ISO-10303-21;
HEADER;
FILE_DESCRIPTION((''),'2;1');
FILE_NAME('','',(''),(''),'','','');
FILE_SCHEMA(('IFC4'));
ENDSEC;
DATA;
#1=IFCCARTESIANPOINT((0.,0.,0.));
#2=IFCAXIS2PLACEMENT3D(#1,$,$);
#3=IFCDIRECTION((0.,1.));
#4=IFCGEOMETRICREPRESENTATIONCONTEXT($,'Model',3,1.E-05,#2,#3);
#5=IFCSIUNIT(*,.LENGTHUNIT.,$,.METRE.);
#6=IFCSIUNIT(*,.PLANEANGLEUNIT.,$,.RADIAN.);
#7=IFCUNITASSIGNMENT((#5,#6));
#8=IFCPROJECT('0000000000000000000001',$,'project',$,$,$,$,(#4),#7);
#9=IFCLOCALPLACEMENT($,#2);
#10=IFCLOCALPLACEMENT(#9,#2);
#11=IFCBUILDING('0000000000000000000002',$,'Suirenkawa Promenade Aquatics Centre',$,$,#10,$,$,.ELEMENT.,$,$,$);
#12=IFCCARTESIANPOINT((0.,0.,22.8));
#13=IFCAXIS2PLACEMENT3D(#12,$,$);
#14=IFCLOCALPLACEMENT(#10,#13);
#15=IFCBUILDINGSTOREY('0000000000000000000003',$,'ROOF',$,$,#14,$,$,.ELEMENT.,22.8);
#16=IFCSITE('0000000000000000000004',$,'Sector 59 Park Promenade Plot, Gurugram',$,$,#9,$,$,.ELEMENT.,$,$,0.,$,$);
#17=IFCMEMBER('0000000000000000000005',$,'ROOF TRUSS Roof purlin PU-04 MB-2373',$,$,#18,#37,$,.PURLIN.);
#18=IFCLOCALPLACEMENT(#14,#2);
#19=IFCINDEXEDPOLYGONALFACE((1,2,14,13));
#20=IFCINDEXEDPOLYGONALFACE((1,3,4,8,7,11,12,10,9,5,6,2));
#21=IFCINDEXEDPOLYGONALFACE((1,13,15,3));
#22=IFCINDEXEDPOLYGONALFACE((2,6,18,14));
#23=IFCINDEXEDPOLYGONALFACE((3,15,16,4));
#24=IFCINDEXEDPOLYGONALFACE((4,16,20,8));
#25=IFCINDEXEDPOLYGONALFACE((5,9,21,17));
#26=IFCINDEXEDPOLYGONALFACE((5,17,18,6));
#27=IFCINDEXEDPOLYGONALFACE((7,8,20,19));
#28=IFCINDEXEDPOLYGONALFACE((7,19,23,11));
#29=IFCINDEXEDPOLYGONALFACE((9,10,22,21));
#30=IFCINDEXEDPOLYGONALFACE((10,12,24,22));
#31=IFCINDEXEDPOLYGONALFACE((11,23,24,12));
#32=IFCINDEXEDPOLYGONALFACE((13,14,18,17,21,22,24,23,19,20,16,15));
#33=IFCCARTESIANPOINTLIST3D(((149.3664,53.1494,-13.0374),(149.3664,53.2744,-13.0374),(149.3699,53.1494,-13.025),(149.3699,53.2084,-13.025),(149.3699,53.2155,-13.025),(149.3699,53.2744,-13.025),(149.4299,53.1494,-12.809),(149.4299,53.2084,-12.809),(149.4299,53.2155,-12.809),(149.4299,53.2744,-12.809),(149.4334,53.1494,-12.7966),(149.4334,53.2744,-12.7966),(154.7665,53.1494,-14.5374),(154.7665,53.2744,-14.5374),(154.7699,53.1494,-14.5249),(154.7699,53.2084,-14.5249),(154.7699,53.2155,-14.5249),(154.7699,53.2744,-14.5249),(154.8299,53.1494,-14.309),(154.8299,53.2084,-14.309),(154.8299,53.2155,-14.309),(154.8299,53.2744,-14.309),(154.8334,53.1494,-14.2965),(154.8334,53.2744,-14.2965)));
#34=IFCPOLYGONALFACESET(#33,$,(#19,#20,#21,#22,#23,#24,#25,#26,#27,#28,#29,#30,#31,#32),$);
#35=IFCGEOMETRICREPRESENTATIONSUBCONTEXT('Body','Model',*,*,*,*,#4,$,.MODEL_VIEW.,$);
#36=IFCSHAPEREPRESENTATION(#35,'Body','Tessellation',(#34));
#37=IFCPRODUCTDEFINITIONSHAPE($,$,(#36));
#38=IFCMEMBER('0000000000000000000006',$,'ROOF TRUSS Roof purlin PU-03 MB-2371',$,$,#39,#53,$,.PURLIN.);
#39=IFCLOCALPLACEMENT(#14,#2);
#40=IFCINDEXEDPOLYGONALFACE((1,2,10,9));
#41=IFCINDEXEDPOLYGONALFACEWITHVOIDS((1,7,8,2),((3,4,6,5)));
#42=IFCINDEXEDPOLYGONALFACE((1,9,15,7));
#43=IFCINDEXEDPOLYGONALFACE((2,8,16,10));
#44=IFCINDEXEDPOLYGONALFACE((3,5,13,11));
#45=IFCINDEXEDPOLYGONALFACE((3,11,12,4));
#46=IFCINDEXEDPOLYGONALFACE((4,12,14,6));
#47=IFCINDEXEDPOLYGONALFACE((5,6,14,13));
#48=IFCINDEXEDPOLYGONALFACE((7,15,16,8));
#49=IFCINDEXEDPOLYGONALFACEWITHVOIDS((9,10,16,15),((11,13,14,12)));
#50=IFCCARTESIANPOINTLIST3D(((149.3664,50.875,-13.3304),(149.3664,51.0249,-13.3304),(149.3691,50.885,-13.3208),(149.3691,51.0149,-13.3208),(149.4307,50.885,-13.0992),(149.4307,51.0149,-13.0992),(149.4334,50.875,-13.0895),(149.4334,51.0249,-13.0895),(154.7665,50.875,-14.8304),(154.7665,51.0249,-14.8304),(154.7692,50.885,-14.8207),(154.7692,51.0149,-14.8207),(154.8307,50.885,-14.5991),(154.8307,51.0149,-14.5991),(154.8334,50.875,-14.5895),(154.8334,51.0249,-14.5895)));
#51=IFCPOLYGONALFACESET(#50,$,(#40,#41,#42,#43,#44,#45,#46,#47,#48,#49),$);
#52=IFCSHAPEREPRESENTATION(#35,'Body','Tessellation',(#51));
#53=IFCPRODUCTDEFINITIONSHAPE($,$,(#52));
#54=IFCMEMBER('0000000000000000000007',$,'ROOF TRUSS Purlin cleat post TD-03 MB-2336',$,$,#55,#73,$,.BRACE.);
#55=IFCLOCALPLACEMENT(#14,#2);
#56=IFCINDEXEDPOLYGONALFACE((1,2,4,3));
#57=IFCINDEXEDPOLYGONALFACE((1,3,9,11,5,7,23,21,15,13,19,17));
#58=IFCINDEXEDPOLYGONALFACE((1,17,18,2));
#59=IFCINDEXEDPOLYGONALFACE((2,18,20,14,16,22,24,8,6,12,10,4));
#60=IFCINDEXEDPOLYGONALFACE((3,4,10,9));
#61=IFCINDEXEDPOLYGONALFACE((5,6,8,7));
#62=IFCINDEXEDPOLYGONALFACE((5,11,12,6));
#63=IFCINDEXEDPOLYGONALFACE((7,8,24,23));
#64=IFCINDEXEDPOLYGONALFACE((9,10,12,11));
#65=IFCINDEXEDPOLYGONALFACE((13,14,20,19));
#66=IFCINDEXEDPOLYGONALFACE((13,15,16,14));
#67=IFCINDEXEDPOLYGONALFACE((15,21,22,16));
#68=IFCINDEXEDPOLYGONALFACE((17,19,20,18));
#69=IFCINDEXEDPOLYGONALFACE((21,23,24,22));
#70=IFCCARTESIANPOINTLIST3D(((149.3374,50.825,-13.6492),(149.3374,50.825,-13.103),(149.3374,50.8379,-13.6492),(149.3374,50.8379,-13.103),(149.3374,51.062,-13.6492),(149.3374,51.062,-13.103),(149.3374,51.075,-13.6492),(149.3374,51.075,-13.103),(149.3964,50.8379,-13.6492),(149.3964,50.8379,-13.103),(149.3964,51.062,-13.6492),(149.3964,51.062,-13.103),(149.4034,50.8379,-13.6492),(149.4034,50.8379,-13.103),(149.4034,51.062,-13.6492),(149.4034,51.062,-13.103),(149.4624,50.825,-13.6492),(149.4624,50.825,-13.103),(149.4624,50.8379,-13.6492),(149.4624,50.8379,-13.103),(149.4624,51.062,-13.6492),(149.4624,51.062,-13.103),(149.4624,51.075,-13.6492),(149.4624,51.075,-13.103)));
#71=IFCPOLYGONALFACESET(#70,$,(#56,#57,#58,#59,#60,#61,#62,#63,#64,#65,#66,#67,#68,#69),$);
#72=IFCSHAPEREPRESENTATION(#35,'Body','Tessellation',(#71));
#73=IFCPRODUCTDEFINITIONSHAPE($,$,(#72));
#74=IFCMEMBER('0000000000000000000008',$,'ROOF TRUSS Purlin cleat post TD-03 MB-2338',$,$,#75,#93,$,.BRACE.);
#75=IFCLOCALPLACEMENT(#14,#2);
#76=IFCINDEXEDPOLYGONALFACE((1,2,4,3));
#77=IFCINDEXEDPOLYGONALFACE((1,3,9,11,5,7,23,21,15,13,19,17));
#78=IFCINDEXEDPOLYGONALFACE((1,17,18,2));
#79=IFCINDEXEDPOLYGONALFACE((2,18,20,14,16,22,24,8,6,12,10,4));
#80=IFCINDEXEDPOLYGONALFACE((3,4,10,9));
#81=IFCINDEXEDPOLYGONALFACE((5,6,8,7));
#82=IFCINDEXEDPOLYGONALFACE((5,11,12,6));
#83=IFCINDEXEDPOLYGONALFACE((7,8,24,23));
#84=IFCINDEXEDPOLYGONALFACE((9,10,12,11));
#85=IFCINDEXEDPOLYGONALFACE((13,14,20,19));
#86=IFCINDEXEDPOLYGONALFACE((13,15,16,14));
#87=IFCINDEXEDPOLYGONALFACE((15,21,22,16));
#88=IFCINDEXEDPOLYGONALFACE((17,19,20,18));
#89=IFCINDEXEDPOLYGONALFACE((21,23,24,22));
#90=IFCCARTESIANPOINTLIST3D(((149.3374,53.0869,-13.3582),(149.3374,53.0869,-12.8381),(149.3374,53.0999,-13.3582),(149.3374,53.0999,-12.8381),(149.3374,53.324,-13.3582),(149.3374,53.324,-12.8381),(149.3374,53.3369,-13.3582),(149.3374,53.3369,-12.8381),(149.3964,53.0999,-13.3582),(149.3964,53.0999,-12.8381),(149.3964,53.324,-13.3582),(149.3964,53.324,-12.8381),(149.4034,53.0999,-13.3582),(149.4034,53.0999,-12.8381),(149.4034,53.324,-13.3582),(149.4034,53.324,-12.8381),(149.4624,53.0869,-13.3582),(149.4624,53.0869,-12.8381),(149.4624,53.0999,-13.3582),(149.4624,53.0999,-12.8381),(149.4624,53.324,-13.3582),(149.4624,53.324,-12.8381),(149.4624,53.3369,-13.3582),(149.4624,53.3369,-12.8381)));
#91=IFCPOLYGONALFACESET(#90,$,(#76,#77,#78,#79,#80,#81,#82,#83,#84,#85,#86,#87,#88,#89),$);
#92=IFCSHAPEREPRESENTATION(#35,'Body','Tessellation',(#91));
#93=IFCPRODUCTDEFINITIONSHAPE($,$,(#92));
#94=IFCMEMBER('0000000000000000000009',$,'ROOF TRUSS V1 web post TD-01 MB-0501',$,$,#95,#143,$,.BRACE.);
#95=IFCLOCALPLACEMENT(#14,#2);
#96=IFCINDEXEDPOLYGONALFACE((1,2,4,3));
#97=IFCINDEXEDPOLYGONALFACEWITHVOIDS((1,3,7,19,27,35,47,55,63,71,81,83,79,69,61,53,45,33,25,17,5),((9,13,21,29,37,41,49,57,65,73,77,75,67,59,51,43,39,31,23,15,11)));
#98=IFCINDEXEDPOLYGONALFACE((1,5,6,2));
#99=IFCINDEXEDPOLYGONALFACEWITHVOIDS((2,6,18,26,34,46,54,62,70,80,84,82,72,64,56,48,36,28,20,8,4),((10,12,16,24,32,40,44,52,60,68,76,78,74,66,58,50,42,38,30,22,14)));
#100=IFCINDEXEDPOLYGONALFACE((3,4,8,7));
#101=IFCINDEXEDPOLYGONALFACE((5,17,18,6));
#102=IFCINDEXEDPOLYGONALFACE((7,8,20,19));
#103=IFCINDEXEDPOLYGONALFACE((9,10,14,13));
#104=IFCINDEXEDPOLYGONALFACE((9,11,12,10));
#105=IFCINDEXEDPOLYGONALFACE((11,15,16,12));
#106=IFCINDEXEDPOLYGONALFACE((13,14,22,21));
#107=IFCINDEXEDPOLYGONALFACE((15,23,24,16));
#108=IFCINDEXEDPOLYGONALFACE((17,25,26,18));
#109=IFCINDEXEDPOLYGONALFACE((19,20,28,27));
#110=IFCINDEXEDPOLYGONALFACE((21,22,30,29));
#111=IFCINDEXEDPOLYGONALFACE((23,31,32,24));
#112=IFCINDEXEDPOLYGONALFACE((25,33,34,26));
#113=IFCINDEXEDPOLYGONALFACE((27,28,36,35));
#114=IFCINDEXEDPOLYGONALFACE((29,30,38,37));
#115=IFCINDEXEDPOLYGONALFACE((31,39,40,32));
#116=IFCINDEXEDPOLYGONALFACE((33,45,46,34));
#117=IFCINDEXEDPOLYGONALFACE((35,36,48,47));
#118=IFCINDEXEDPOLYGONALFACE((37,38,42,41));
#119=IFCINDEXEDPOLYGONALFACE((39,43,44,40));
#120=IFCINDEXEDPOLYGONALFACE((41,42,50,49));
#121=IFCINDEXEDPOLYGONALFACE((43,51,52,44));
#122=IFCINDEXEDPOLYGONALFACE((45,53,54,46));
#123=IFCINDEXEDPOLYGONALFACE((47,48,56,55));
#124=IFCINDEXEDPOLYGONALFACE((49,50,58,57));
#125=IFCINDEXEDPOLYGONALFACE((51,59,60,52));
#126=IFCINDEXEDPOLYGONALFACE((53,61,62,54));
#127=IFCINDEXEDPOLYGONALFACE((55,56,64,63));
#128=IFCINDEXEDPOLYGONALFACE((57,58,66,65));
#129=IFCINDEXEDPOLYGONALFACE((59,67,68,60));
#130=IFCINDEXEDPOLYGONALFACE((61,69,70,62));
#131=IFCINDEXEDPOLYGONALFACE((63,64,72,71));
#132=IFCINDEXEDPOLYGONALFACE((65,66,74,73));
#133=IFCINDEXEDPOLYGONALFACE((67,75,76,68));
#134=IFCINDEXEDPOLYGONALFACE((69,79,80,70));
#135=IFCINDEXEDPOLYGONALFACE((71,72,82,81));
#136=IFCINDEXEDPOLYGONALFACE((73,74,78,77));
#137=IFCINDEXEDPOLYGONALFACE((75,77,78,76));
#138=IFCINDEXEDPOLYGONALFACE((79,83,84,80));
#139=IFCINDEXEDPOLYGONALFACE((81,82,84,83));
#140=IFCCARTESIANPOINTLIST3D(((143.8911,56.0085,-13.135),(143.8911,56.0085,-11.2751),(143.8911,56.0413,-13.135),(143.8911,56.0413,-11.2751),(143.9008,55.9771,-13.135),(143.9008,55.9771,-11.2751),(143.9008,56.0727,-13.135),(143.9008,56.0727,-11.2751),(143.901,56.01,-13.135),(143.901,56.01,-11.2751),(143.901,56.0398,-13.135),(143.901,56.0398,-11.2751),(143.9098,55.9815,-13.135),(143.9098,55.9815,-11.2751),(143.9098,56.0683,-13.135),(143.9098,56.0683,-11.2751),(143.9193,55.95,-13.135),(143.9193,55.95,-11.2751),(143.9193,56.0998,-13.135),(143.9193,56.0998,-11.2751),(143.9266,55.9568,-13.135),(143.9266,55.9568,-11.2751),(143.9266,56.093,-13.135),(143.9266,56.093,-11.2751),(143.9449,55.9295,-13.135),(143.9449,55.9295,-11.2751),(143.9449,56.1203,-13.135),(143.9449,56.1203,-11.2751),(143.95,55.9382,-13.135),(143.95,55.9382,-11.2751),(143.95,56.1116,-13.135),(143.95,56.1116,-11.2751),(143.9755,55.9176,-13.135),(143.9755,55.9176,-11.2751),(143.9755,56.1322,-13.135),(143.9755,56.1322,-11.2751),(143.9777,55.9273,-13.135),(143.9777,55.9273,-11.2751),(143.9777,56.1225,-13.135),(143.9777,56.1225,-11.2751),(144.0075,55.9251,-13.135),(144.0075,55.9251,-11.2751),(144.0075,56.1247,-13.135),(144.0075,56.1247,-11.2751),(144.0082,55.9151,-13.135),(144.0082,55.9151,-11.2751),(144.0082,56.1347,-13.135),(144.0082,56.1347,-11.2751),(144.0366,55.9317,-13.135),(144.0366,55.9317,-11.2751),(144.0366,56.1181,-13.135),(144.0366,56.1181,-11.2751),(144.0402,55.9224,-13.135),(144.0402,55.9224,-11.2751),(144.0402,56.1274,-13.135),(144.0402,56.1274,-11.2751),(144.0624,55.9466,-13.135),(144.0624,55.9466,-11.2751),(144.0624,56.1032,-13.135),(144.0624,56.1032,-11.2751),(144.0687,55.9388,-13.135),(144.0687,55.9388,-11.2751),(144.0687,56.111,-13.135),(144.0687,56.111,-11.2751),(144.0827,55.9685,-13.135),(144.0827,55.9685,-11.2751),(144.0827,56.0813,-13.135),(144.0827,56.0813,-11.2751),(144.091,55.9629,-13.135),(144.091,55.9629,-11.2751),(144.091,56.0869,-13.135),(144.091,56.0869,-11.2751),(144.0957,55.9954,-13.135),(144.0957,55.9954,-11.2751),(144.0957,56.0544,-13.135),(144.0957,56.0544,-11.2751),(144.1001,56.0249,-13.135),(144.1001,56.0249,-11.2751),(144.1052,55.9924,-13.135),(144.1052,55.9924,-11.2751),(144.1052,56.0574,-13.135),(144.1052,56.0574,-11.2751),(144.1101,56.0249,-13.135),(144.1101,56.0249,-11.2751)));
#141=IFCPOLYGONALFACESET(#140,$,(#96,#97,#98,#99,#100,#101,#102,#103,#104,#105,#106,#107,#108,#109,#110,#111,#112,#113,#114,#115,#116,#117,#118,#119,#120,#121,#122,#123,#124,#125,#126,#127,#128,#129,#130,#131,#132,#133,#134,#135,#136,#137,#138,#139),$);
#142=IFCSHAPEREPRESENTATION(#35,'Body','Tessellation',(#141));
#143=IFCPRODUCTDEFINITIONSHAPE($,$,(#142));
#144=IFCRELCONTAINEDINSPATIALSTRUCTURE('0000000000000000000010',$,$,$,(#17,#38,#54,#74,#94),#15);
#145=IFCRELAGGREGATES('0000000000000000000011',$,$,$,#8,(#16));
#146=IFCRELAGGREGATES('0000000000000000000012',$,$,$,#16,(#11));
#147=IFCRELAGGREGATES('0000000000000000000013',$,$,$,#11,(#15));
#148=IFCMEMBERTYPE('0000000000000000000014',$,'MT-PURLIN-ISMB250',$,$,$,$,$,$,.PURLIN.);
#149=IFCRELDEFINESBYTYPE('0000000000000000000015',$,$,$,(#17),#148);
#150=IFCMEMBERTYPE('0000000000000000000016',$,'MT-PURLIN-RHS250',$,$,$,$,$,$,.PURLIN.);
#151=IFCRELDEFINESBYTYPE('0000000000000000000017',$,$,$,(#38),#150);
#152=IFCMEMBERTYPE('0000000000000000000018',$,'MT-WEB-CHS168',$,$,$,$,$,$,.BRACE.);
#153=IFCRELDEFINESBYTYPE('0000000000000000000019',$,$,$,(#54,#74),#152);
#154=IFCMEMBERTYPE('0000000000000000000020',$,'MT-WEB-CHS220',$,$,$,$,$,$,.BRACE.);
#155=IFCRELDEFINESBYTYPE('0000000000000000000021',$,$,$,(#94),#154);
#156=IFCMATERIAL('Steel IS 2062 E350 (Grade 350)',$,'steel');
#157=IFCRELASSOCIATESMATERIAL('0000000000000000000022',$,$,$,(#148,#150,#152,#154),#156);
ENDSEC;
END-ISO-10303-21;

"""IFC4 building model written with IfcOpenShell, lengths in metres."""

from ifc_helpers import new_model, si_unit, direction, frame, origin, origin_2d, place, context, subcontext, project, spatial, hollow_rectangle, hollow_circle, i_section, extrude, material, material_profile, profile_set, type_object, element, save


model = new_model("IFC4")

# Units and contexts
model_context = context("Model", 3, precision=1e-05, world=origin(), true_north=direction((0.0, 1.0)))
body_context = subcontext(model_context, "Body", "Model", "MODEL_VIEW")
ifc_project = project(units=[si_unit("LENGTHUNIT", "METRE"), si_unit("PLANEANGLEUNIT", "RADIAN")], contexts=[model_context])

# Site, building, storey
site_placement = place(None, origin())
site = spatial("IfcSite", under=ifc_project, at=site_placement, Name="Sector 59 Park Promenade Plot, Gurugram", CompositionType="ELEMENT", RefElevation=0.0)
building_placement = place(site_placement, origin())
building = spatial("IfcBuilding", under=site, at=building_placement, Name="Suirenkawa Promenade Aquatics Centre", CompositionType="ELEMENT")
storey_placement = place(building_placement, frame((0.0, 0.0, 22.8)))
storey = spatial("IfcBuildingStorey", under=building, at=storey_placement, Name="ROOF", CompositionType="ELEMENT", Elevation=22.8)

# Shared definitions
ifc_material_1 = material(Name="Steel IS 2062 E350 (Grade 350)", Category="steel")

# Members
ifc_material_profile_1 = material_profile(ifc_material_1, i_section(OverallWidth=0.125, OverallDepth=0.25, WebThickness=0.0071, FlangeThickness=0.0129, at=origin_2d()), Name="ISMB 250", Category="steel")
ifc_profile_set_1 = profile_set([ifc_material_profile_1], Name="Steel IS 2062 E350 (Grade 350)")
member_type_1 = type_object("IfcMemberType", Name="MT-PURLIN-ISMB250", PredefinedType="PURLIN", material=ifc_profile_set_1)
member_1_placement = place(storey_placement, frame((149.3999, 53.2119, -12.917), z_axis=(0.96352, 0.0, -0.267637), x_axis=(0.0, 1.0, 0.0)))
element("IfcMember", 1, at=member_1_placement, inside=storey, type_object=member_type_1, Name="ROOF TRUSS Roof purlin PU-04 MB-2373", PredefinedType="PURLIN", context=body_context, shape_type="SweptSolid", body=[
    extrude(i_section(OverallWidth=0.125, OverallDepth=0.25, WebThickness=0.0071, FlangeThickness=0.0129, at=origin_2d()), origin(), (0.0, 0.0, 1.0), 5.6045),
])
ifc_material_profile_2 = material_profile(ifc_material_1, hollow_rectangle(XDim=0.1499, YDim=0.25, WallThickness=0.01, at=origin_2d()), Name="RHS 250x150x10", Category="steel")
ifc_profile_set_2 = profile_set([ifc_material_profile_2], Name="Steel IS 2062 E350 (Grade 350)")
member_type_2 = type_object("IfcMemberType", Name="MT-PURLIN-RHS250", PredefinedType="PURLIN", material=ifc_profile_set_2)
member_2_placement = place(storey_placement, frame((149.3999, 50.95, -13.21), z_axis=(0.96352, 0.0, -0.267637), x_axis=(0.0, 1.0, 0.0)))
element("IfcMember", 2, at=member_2_placement, inside=storey, type_object=member_type_2, Name="ROOF TRUSS Roof purlin PU-03 MB-2371", PredefinedType="PURLIN", context=body_context, shape_type="SweptSolid", body=[
    extrude(hollow_rectangle(XDim=0.1499, YDim=0.25, WallThickness=0.01, at=origin_2d()), origin(), (0.0, 0.0, 1.0), 5.6045),
])
ifc_material_profile_3 = material_profile(ifc_material_1, i_section(OverallWidth=0.125, OverallDepth=0.25, WebThickness=0.0071, FlangeThickness=0.0129, at=origin_2d()), Name="ISMB 250", Category="steel")
ifc_profile_set_3 = profile_set([ifc_material_profile_3], Name="Steel IS 2062 E350 (Grade 350)")
member_type_3 = type_object("IfcMemberType", Name="MT-WEB-CHS168", PredefinedType="BRACE", material=ifc_profile_set_3)
member_3_placement = place(storey_placement, frame((149.3999, 50.95, -13.6492), z_axis=(0.0, 0.0, 1.0), x_axis=(1.0, 0.0, 0.0)))
element("IfcMember", 3, at=member_3_placement, inside=storey, type_object=member_type_3, Name="ROOF TRUSS Purlin cleat post TD-03 MB-2336", PredefinedType="BRACE", context=body_context, shape_type="SweptSolid", body=[
    extrude(i_section(OverallWidth=0.125, OverallDepth=0.25, WebThickness=0.0071, FlangeThickness=0.0129, at=origin_2d()), origin(), (0.0, 0.0, 1.0), 0.5461),
])
member_4_placement = place(storey_placement, frame((149.3999, 53.2119, -13.3582), z_axis=(0.0, 0.0, 1.0), x_axis=(1.0, 0.0, 0.0)))
element("IfcMember", 4, at=member_4_placement, inside=storey, type_object=member_type_3, Name="ROOF TRUSS Purlin cleat post TD-03 MB-2338", PredefinedType="BRACE", context=body_context, shape_type="SweptSolid", body=[
    extrude(i_section(OverallWidth=0.125, OverallDepth=0.25, WebThickness=0.0071, FlangeThickness=0.0129, at=origin_2d()), origin(), (0.0, 0.0, 1.0), 0.52),
])
ifc_material_profile_4 = material_profile(ifc_material_1, hollow_circle(Radius=0.1101, WallThickness=0.01, at=origin_2d()), Name="CHS 220x10", Category="steel")
ifc_profile_set_4 = profile_set([ifc_material_profile_4], Name="Steel IS 2062 E350 (Grade 350)")
member_type_4 = type_object("IfcMemberType", Name="MT-WEB-CHS220", PredefinedType="BRACE", material=ifc_profile_set_4)
member_5_placement = place(storey_placement, frame((144.0, 56.0249, -13.135), z_axis=(0.0, 0.0, 1.0), x_axis=(1.0, 0.0, 0.0)))
element("IfcMember", 5, at=member_5_placement, inside=storey, type_object=member_type_4, Name="ROOF TRUSS V1 web post TD-01 MB-0501", PredefinedType="BRACE", context=body_context, shape_type="SweptSolid", body=[
    extrude(hollow_circle(Radius=0.1101, WallThickness=0.01, at=origin_2d()), origin(), (0.0, 0.0, 1.0), 1.8599),
])

save(model, "model.ifc")
